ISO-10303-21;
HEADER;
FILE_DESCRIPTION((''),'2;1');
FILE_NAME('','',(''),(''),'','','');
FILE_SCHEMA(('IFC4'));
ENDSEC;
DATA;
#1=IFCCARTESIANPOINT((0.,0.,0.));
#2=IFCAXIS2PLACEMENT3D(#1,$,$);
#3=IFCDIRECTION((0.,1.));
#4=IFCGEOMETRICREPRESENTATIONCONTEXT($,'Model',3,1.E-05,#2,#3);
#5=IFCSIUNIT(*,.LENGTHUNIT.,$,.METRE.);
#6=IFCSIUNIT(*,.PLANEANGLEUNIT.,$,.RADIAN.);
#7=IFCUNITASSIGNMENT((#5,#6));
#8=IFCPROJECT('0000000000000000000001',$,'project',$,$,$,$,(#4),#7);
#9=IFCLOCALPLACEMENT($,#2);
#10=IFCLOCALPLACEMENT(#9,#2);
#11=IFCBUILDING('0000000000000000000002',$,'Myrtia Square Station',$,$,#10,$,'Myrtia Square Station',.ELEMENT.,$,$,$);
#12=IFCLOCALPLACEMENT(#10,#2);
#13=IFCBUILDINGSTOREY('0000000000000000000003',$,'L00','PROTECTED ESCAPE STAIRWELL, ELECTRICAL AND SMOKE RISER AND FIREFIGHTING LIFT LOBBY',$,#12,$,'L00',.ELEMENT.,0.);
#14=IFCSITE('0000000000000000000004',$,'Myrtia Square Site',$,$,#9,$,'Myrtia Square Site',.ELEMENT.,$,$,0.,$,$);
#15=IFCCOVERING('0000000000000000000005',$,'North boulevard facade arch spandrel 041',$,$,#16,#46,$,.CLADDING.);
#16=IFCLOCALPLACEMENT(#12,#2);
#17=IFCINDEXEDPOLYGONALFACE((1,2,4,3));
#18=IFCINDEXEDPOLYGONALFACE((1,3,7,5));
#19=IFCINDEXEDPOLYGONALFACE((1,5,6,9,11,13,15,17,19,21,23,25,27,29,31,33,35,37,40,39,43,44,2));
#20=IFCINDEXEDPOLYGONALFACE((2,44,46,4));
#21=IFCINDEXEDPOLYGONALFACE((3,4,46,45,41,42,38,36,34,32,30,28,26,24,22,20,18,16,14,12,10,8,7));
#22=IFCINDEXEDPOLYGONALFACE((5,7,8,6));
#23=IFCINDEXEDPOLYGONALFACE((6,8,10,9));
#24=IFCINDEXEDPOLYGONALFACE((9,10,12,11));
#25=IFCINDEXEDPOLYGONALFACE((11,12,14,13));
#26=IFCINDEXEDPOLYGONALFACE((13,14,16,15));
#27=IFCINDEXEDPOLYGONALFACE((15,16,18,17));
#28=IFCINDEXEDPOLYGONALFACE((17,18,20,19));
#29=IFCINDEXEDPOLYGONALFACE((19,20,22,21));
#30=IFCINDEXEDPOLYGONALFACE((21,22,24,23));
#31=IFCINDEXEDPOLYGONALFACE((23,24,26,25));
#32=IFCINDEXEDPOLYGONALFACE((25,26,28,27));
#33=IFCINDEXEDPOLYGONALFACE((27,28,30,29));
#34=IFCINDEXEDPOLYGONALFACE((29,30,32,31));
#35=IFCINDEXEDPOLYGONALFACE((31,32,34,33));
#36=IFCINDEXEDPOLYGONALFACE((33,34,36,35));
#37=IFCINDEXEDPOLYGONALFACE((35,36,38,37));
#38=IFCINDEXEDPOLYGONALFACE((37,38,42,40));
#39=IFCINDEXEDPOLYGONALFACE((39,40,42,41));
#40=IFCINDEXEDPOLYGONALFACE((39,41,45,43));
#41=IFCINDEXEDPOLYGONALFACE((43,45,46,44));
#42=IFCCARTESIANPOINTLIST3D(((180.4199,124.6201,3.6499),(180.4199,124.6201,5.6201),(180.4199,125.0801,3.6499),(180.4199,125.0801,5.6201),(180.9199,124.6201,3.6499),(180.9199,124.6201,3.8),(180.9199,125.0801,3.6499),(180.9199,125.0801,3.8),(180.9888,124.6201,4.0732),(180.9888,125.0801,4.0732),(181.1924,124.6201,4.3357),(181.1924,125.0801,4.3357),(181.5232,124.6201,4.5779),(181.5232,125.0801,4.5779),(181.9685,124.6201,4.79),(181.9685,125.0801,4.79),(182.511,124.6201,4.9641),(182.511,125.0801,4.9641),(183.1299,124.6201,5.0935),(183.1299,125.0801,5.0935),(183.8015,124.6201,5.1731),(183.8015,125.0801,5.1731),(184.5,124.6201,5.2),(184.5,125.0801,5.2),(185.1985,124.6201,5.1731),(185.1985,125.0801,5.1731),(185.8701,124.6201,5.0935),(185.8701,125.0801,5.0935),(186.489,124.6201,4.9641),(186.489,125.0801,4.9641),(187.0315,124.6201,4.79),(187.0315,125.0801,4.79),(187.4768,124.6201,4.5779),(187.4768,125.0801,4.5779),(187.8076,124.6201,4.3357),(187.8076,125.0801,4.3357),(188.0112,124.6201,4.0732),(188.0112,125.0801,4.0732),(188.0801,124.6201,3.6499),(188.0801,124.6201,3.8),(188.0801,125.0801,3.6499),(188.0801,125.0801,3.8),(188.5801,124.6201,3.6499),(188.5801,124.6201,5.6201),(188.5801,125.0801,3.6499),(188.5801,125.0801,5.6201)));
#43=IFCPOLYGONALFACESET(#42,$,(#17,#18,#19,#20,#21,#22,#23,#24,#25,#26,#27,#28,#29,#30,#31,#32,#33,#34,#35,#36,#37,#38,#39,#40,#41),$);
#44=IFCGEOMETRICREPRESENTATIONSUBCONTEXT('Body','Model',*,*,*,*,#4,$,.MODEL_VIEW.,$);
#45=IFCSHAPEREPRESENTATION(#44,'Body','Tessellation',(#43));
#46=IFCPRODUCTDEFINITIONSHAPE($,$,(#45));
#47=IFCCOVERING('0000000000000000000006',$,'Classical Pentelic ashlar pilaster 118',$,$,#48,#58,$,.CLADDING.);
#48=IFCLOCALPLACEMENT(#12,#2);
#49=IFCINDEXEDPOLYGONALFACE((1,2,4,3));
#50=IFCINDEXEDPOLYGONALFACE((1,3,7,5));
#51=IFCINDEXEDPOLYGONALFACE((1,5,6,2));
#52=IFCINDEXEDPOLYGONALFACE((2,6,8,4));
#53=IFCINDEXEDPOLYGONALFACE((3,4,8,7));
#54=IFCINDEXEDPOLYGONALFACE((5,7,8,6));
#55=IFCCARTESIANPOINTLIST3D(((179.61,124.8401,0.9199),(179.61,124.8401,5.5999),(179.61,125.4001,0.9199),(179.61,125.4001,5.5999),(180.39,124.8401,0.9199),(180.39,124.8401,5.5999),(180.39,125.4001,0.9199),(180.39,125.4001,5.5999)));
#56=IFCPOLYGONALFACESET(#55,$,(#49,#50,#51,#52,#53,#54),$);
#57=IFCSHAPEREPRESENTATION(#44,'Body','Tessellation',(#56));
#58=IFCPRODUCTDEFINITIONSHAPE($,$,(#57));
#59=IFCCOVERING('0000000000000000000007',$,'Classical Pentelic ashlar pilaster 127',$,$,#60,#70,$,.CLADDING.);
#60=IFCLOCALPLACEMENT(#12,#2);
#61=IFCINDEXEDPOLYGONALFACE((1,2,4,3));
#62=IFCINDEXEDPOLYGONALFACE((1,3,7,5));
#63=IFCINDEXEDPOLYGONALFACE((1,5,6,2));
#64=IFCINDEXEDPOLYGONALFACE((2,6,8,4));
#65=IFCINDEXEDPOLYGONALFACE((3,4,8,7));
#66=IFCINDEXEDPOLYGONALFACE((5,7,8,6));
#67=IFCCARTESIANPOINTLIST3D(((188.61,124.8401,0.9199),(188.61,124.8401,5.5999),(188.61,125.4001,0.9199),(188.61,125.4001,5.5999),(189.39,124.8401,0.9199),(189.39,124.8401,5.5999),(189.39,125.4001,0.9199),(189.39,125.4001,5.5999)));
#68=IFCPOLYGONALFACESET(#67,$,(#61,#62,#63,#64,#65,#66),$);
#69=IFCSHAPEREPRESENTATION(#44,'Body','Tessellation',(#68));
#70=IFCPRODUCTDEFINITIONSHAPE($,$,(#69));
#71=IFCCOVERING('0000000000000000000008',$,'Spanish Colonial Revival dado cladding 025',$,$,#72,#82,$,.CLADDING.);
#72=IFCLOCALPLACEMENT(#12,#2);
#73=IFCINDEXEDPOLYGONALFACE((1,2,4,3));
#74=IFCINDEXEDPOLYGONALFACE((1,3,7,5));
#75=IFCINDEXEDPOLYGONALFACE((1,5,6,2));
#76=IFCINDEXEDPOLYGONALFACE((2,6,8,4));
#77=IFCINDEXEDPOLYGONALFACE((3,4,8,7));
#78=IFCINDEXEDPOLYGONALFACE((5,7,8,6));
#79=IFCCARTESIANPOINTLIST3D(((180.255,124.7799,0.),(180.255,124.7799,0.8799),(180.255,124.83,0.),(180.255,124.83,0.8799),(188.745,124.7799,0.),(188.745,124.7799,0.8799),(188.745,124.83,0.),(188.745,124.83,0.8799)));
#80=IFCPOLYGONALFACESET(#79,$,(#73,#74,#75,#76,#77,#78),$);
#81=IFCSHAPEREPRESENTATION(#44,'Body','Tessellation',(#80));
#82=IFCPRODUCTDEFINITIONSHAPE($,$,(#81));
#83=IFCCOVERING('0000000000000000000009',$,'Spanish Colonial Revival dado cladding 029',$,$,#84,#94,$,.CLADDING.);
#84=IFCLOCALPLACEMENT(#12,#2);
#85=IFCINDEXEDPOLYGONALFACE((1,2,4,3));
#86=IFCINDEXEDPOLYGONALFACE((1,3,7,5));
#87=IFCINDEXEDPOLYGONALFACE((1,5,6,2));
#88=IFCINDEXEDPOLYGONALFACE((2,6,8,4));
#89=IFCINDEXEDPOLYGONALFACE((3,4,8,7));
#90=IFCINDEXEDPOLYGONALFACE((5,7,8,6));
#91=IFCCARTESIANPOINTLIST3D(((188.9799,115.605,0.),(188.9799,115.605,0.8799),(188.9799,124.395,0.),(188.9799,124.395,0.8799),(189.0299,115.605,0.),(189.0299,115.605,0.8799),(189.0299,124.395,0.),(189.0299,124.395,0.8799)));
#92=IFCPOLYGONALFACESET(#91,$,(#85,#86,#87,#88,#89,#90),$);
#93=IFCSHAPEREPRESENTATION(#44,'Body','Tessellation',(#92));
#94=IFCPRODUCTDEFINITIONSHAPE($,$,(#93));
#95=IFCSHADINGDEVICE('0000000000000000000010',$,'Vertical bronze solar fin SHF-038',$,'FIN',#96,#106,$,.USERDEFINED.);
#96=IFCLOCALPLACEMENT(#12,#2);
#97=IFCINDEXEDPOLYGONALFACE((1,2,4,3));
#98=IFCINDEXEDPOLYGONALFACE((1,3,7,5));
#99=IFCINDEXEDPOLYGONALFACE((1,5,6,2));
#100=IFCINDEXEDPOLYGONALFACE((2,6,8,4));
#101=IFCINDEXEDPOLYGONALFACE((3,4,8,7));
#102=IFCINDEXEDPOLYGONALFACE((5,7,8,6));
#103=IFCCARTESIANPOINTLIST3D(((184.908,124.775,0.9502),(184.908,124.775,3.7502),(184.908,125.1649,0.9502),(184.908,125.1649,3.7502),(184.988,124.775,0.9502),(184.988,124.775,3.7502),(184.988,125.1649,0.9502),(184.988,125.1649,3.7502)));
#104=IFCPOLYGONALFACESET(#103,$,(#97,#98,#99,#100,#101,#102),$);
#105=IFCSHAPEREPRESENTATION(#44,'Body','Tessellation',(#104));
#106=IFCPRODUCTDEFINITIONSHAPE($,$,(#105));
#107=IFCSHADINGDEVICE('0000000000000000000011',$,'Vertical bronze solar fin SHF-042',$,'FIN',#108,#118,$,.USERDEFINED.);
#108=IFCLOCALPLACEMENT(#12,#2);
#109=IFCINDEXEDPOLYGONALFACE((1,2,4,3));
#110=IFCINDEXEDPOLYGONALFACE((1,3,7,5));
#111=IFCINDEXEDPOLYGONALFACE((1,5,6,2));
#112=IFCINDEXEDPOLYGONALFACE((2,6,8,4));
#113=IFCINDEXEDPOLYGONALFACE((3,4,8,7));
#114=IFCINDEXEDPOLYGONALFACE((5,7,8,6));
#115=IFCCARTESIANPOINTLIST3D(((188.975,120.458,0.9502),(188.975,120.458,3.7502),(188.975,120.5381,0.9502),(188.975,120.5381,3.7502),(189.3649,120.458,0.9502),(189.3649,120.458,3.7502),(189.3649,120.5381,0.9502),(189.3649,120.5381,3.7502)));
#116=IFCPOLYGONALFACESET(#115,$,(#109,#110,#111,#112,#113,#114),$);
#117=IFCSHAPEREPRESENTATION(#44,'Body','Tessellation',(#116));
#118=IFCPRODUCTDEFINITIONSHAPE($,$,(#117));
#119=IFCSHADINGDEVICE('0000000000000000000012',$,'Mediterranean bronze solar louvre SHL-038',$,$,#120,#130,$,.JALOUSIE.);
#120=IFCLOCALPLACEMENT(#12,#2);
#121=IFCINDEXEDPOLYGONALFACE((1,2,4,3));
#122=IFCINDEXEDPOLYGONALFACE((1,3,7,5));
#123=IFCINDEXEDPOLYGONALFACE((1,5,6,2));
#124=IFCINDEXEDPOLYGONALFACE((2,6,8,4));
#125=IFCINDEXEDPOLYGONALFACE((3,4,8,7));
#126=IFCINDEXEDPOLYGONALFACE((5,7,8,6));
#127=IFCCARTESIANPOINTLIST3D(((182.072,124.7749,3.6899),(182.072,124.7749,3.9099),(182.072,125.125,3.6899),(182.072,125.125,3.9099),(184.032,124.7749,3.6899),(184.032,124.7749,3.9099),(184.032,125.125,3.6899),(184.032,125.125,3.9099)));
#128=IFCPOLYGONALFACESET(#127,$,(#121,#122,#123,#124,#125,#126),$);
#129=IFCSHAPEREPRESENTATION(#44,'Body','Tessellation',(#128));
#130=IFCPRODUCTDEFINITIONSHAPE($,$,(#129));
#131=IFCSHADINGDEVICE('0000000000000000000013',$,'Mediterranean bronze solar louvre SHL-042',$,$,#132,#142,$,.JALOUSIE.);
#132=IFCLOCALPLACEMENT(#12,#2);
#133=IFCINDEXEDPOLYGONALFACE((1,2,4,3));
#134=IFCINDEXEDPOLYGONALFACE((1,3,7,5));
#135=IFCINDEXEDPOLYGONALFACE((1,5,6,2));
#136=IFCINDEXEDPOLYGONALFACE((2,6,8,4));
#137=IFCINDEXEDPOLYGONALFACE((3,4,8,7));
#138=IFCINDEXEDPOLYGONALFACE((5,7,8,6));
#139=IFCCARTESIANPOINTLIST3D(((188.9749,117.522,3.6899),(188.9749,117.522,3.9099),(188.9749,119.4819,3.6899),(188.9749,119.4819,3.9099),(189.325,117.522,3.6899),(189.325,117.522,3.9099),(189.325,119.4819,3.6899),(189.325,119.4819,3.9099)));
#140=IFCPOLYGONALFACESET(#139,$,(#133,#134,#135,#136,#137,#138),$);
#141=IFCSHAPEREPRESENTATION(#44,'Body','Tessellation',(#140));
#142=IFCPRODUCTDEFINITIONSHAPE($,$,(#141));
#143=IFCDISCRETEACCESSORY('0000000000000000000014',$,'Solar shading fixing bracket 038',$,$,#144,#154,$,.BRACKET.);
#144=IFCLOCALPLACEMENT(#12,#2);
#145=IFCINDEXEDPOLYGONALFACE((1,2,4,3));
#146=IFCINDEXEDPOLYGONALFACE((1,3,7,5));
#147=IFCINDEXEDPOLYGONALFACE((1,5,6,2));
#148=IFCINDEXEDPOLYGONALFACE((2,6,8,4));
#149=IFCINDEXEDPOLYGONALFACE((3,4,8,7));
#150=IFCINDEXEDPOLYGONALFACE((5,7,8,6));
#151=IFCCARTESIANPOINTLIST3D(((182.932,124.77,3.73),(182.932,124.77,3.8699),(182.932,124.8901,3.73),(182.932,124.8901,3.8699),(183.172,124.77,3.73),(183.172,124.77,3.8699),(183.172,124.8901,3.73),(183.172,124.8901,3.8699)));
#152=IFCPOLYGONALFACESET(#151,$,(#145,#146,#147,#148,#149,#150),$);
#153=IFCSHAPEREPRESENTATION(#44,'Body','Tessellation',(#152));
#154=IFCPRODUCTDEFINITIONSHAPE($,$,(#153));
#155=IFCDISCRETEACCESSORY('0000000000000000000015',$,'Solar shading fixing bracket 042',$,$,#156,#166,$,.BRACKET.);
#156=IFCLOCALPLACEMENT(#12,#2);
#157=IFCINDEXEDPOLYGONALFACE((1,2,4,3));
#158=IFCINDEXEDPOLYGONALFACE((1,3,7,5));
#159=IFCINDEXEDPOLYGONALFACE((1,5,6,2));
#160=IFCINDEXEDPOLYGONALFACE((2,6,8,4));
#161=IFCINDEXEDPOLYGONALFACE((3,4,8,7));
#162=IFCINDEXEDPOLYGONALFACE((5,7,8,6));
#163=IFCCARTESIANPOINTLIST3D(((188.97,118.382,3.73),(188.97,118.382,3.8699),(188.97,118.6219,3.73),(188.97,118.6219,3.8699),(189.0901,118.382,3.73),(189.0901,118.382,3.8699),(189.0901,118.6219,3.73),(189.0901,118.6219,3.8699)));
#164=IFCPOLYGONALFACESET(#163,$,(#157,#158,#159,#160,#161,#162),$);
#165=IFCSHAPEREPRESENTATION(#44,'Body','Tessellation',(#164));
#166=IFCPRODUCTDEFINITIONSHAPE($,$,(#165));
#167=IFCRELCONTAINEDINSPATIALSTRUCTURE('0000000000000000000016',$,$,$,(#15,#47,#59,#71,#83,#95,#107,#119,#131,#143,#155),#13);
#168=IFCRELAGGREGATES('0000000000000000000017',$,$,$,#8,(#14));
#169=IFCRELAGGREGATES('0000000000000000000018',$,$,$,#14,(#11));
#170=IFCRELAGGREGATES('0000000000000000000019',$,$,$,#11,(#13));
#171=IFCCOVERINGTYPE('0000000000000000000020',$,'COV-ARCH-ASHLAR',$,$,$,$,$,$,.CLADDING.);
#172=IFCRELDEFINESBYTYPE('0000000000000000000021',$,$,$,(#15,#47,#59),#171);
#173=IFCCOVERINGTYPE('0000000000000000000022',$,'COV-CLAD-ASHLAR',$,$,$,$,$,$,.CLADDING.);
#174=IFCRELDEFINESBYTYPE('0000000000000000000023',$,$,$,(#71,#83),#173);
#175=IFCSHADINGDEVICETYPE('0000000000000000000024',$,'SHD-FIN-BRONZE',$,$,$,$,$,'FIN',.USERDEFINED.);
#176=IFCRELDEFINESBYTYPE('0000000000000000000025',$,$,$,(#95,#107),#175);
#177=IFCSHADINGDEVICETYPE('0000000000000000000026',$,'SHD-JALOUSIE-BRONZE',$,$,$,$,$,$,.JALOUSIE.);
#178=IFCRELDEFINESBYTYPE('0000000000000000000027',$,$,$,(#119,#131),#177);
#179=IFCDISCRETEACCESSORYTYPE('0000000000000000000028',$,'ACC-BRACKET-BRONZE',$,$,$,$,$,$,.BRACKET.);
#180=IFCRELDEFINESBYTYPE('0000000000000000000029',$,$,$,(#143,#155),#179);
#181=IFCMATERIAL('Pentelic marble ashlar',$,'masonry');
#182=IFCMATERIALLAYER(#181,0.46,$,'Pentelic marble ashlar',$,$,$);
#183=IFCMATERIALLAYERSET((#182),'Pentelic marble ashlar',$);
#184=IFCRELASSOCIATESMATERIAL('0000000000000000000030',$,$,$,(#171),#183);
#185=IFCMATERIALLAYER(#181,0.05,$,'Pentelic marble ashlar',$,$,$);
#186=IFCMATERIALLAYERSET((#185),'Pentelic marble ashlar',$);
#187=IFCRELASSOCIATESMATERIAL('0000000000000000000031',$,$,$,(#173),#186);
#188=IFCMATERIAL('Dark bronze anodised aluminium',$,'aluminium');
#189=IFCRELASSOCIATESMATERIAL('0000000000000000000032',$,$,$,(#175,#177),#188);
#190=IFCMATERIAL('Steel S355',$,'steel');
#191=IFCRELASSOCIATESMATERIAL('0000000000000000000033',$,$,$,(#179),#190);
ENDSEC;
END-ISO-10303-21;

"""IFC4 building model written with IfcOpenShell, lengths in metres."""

from ifc_helpers import new_model, si_unit, direction, frame, origin, origin_2d, place, context, subcontext, project, spatial, polyline, rectangle, outline, extrude, material, layer, layer_set, type_object, element, save


model = new_model("IFC4")

# Units and contexts
model_context = context("Model", 3, precision=1e-05, world=origin(), true_north=direction((0.0, 1.0)))
body_context = subcontext(model_context, "Body", "Model", "MODEL_VIEW")
ifc_project = project(units=[si_unit("LENGTHUNIT", "METRE"), si_unit("PLANEANGLEUNIT", "RADIAN")], contexts=[model_context])

# Site, building, storey
site_placement = place(None, origin())
site = spatial("IfcSite", under=ifc_project, at=site_placement, Name="Myrtia Square Site", LongName="Myrtia Square Site", CompositionType="ELEMENT", RefElevation=0.0)
building_placement = place(site_placement, origin())
building = spatial("IfcBuilding", under=site, at=building_placement, Name="Myrtia Square Station", LongName="Myrtia Square Station", CompositionType="ELEMENT")
storey_placement = place(building_placement, origin())
storey = spatial("IfcBuildingStorey", under=building, at=storey_placement, Name="L00", Description="PROTECTED ESCAPE STAIRWELL, ELECTRICAL AND SMOKE RISER AND FIREFIGHTING LIFT LOBBY", LongName="L00", CompositionType="ELEMENT", Elevation=0.0)

# Shared definitions
ifc_material_1 = material(Name="Steel S355", Category="steel")

# Coverings
ifc_material_2 = material(Name="Pentelic marble ashlar", Category="masonry")
ifc_layer_1 = layer(ifc_material_2, 0.46, Name="Pentelic marble ashlar")
ifc_layer_set_1 = layer_set([ifc_layer_1], Name="Pentelic marble ashlar")
covering_type_1 = type_object("IfcCoveringType", Name="COV-ARCH-ASHLAR", PredefinedType="CLADDING", material=ifc_layer_set_1)
covering_1_placement = place(storey_placement, frame((180.4199, 124.8501, 3.6499), z_axis=(0.0, 0.0, 1.0), x_axis=(1.0, 0.0, 0.0)))
element("IfcCovering", 1, at=covering_1_placement, inside=storey, type_object=covering_type_1, Name="North boulevard facade arch spandrel 041", PredefinedType="CLADDING", context=body_context, shape_type="SweptSolid", body=[
    extrude(outline(polyline([(0.0, 0.0), (0.5, 0.0), (0.5, 0.1501), (0.5688, 0.4233), (0.7725, 0.6858), (1.1033, 0.928), (1.5486, 1.1401), (2.0911, 1.3142), (2.71, 1.4436), (3.3816, 1.5232), (4.0801, 1.55), (4.7786, 1.5232), (5.4502, 1.4436), (6.0691, 1.3142), (6.6116, 1.1401), (7.0569, 0.928), (7.3877, 0.6858), (7.5913, 0.4233), (7.6602, 0.1501), (7.6602, 0.0), (8.1602, 0.0), (8.1602, 1.9702), (0.0, 1.9702), (0.0, 0.0)])), frame((0.0, 0.23, 0.0), z_axis=(0.0, -1.0, 0.0), x_axis=(1.0, 0.0, 0.0)), (0.0, 0.0, 1.0), 0.46),
])
for number, where, z_axis, x_axis, name in (
    (2, (180.0, 125.1201, 0.9199), (0.0, 0.0, 1.0), (1.0, 0.0, 0.0), "Classical Pentelic ashlar pilaster 118"),
    (3, (189.0, 125.1201, 0.9199), (0.0, 0.0, 1.0), (1.0, 0.0, 0.0), "Classical Pentelic ashlar pilaster 127"),
):
    element("IfcCovering", number, at=place(storey_placement, frame(where, z_axis=z_axis, x_axis=x_axis)), inside=storey, type_object=covering_type_1, Name=name, PredefinedType="CLADDING", context=body_context, shape_type="SweptSolid", body=[
        extrude(rectangle(XDim=0.78, YDim=0.5601, at=origin_2d()), origin(), (0.0, 0.0, 1.0), 4.6799),
    ])
ifc_layer_2 = layer(ifc_material_2, 0.05, Name="Pentelic marble ashlar")
ifc_layer_set_2 = layer_set([ifc_layer_2], Name="Pentelic marble ashlar")
covering_type_2 = type_object("IfcCoveringType", Name="COV-CLAD-ASHLAR", PredefinedType="CLADDING", material=ifc_layer_set_2)
covering_2_placement = place(storey_placement, frame((184.5, 124.8049, 0.0), z_axis=(0.0, 0.0, 1.0), x_axis=(1.0, 0.0, 0.0)))
element("IfcCovering", 4, at=covering_2_placement, inside=storey, type_object=covering_type_2, Name="Spanish Colonial Revival dado cladding 025", PredefinedType="CLADDING", context=body_context, shape_type="SweptSolid", body=[
    extrude(rectangle(XDim=8.49, YDim=0.05, at=origin_2d()), origin(), (0.0, 0.0, 1.0), 0.8799),
])
covering_3_placement = place(storey_placement, frame((189.0049, 120.0, 0.0), z_axis=(0.0, 0.0, 1.0), x_axis=(0.0, 1.0, 0.0)))
element("IfcCovering", 5, at=covering_3_placement, inside=storey, type_object=covering_type_2, Name="Spanish Colonial Revival dado cladding 029", PredefinedType="CLADDING", context=body_context, shape_type="SweptSolid", body=[
    extrude(rectangle(XDim=8.79, YDim=0.05, at=origin_2d()), origin(), (0.0, 0.0, 1.0), 0.8799),
])

# Shading devices
ifc_material_3 = material(Name="Dark bronze anodised aluminium", Category="aluminium")
shading_device_type_1 = type_object("IfcShadingDeviceType", Name="SHD-FIN-BRONZE", ElementType="FIN", PredefinedType="USERDEFINED", material=ifc_material_3)
for number, where, z_axis, x_axis, name in (
    (6, (184.948, 124.97, 0.9502), (0.0, 0.0, 1.0), (1.0, 0.0, 0.0), "Vertical bronze solar fin SHF-038"),
    (7, (189.1699, 120.498, 0.9502), (0.0, 0.0, 1.0), (0.0, 1.0, 0.0), "Vertical bronze solar fin SHF-042"),
):
    element("IfcShadingDevice", number, at=place(storey_placement, frame(where, z_axis=z_axis, x_axis=x_axis)), inside=storey, type_object=shading_device_type_1, Name=name, ObjectType="FIN", PredefinedType="USERDEFINED", context=body_context, shape_type="SweptSolid", body=[
        extrude(rectangle(XDim=0.0801, YDim=0.3899, at=origin_2d()), origin(), (0.0, 0.0, 1.0), 2.8),
    ])
shading_device_type_2 = type_object("IfcShadingDeviceType", Name="SHD-JALOUSIE-BRONZE", PredefinedType="JALOUSIE", material=ifc_material_3)
for number, where, z_axis, x_axis, name in (
    (8, (183.052, 124.95, 3.6899), (0.0, 0.0, 1.0), (1.0, 0.0, 0.0), "Mediterranean bronze solar louvre SHL-038"),
    (9, (189.1499, 118.502, 3.6899), (0.0, 0.0, 1.0), (0.0, 1.0, 0.0), "Mediterranean bronze solar louvre SHL-042"),
):
    element("IfcShadingDevice", number, at=place(storey_placement, frame(where, z_axis=z_axis, x_axis=x_axis)), inside=storey, type_object=shading_device_type_2, Name=name, PredefinedType="JALOUSIE", context=body_context, shape_type="SweptSolid", body=[
        extrude(rectangle(XDim=1.96, YDim=0.3501, at=origin_2d()), origin(), (0.0, 0.0, 1.0), 0.22),
    ])

# Discrete accessories
discrete_accessory_type = type_object("IfcDiscreteAccessoryType", Name="ACC-BRACKET-BRONZE", PredefinedType="BRACKET", material=ifc_material_1)
for number, where, z_axis, x_axis, name in (
    (10, (183.052, 124.8301, 3.73), (0.0, 0.0, 1.0), (1.0, 0.0, 0.0), "Solar shading fixing bracket 038"),
    (11, (189.03, 118.502, 3.73), (0.0, 0.0, 1.0), (0.0, 1.0, 0.0), "Solar shading fixing bracket 042"),
):
    element("IfcDiscreteAccessory", number, at=place(storey_placement, frame(where, z_axis=z_axis, x_axis=x_axis)), inside=storey, type_object=discrete_accessory_type, Name=name, PredefinedType="BRACKET", context=body_context, shape_type="SweptSolid", body=[
        extrude(rectangle(XDim=0.24, YDim=0.1201, at=origin_2d()), origin(), (0.0, 0.0, 1.0), 0.1399),
    ])

save(model, "model.ifc")
